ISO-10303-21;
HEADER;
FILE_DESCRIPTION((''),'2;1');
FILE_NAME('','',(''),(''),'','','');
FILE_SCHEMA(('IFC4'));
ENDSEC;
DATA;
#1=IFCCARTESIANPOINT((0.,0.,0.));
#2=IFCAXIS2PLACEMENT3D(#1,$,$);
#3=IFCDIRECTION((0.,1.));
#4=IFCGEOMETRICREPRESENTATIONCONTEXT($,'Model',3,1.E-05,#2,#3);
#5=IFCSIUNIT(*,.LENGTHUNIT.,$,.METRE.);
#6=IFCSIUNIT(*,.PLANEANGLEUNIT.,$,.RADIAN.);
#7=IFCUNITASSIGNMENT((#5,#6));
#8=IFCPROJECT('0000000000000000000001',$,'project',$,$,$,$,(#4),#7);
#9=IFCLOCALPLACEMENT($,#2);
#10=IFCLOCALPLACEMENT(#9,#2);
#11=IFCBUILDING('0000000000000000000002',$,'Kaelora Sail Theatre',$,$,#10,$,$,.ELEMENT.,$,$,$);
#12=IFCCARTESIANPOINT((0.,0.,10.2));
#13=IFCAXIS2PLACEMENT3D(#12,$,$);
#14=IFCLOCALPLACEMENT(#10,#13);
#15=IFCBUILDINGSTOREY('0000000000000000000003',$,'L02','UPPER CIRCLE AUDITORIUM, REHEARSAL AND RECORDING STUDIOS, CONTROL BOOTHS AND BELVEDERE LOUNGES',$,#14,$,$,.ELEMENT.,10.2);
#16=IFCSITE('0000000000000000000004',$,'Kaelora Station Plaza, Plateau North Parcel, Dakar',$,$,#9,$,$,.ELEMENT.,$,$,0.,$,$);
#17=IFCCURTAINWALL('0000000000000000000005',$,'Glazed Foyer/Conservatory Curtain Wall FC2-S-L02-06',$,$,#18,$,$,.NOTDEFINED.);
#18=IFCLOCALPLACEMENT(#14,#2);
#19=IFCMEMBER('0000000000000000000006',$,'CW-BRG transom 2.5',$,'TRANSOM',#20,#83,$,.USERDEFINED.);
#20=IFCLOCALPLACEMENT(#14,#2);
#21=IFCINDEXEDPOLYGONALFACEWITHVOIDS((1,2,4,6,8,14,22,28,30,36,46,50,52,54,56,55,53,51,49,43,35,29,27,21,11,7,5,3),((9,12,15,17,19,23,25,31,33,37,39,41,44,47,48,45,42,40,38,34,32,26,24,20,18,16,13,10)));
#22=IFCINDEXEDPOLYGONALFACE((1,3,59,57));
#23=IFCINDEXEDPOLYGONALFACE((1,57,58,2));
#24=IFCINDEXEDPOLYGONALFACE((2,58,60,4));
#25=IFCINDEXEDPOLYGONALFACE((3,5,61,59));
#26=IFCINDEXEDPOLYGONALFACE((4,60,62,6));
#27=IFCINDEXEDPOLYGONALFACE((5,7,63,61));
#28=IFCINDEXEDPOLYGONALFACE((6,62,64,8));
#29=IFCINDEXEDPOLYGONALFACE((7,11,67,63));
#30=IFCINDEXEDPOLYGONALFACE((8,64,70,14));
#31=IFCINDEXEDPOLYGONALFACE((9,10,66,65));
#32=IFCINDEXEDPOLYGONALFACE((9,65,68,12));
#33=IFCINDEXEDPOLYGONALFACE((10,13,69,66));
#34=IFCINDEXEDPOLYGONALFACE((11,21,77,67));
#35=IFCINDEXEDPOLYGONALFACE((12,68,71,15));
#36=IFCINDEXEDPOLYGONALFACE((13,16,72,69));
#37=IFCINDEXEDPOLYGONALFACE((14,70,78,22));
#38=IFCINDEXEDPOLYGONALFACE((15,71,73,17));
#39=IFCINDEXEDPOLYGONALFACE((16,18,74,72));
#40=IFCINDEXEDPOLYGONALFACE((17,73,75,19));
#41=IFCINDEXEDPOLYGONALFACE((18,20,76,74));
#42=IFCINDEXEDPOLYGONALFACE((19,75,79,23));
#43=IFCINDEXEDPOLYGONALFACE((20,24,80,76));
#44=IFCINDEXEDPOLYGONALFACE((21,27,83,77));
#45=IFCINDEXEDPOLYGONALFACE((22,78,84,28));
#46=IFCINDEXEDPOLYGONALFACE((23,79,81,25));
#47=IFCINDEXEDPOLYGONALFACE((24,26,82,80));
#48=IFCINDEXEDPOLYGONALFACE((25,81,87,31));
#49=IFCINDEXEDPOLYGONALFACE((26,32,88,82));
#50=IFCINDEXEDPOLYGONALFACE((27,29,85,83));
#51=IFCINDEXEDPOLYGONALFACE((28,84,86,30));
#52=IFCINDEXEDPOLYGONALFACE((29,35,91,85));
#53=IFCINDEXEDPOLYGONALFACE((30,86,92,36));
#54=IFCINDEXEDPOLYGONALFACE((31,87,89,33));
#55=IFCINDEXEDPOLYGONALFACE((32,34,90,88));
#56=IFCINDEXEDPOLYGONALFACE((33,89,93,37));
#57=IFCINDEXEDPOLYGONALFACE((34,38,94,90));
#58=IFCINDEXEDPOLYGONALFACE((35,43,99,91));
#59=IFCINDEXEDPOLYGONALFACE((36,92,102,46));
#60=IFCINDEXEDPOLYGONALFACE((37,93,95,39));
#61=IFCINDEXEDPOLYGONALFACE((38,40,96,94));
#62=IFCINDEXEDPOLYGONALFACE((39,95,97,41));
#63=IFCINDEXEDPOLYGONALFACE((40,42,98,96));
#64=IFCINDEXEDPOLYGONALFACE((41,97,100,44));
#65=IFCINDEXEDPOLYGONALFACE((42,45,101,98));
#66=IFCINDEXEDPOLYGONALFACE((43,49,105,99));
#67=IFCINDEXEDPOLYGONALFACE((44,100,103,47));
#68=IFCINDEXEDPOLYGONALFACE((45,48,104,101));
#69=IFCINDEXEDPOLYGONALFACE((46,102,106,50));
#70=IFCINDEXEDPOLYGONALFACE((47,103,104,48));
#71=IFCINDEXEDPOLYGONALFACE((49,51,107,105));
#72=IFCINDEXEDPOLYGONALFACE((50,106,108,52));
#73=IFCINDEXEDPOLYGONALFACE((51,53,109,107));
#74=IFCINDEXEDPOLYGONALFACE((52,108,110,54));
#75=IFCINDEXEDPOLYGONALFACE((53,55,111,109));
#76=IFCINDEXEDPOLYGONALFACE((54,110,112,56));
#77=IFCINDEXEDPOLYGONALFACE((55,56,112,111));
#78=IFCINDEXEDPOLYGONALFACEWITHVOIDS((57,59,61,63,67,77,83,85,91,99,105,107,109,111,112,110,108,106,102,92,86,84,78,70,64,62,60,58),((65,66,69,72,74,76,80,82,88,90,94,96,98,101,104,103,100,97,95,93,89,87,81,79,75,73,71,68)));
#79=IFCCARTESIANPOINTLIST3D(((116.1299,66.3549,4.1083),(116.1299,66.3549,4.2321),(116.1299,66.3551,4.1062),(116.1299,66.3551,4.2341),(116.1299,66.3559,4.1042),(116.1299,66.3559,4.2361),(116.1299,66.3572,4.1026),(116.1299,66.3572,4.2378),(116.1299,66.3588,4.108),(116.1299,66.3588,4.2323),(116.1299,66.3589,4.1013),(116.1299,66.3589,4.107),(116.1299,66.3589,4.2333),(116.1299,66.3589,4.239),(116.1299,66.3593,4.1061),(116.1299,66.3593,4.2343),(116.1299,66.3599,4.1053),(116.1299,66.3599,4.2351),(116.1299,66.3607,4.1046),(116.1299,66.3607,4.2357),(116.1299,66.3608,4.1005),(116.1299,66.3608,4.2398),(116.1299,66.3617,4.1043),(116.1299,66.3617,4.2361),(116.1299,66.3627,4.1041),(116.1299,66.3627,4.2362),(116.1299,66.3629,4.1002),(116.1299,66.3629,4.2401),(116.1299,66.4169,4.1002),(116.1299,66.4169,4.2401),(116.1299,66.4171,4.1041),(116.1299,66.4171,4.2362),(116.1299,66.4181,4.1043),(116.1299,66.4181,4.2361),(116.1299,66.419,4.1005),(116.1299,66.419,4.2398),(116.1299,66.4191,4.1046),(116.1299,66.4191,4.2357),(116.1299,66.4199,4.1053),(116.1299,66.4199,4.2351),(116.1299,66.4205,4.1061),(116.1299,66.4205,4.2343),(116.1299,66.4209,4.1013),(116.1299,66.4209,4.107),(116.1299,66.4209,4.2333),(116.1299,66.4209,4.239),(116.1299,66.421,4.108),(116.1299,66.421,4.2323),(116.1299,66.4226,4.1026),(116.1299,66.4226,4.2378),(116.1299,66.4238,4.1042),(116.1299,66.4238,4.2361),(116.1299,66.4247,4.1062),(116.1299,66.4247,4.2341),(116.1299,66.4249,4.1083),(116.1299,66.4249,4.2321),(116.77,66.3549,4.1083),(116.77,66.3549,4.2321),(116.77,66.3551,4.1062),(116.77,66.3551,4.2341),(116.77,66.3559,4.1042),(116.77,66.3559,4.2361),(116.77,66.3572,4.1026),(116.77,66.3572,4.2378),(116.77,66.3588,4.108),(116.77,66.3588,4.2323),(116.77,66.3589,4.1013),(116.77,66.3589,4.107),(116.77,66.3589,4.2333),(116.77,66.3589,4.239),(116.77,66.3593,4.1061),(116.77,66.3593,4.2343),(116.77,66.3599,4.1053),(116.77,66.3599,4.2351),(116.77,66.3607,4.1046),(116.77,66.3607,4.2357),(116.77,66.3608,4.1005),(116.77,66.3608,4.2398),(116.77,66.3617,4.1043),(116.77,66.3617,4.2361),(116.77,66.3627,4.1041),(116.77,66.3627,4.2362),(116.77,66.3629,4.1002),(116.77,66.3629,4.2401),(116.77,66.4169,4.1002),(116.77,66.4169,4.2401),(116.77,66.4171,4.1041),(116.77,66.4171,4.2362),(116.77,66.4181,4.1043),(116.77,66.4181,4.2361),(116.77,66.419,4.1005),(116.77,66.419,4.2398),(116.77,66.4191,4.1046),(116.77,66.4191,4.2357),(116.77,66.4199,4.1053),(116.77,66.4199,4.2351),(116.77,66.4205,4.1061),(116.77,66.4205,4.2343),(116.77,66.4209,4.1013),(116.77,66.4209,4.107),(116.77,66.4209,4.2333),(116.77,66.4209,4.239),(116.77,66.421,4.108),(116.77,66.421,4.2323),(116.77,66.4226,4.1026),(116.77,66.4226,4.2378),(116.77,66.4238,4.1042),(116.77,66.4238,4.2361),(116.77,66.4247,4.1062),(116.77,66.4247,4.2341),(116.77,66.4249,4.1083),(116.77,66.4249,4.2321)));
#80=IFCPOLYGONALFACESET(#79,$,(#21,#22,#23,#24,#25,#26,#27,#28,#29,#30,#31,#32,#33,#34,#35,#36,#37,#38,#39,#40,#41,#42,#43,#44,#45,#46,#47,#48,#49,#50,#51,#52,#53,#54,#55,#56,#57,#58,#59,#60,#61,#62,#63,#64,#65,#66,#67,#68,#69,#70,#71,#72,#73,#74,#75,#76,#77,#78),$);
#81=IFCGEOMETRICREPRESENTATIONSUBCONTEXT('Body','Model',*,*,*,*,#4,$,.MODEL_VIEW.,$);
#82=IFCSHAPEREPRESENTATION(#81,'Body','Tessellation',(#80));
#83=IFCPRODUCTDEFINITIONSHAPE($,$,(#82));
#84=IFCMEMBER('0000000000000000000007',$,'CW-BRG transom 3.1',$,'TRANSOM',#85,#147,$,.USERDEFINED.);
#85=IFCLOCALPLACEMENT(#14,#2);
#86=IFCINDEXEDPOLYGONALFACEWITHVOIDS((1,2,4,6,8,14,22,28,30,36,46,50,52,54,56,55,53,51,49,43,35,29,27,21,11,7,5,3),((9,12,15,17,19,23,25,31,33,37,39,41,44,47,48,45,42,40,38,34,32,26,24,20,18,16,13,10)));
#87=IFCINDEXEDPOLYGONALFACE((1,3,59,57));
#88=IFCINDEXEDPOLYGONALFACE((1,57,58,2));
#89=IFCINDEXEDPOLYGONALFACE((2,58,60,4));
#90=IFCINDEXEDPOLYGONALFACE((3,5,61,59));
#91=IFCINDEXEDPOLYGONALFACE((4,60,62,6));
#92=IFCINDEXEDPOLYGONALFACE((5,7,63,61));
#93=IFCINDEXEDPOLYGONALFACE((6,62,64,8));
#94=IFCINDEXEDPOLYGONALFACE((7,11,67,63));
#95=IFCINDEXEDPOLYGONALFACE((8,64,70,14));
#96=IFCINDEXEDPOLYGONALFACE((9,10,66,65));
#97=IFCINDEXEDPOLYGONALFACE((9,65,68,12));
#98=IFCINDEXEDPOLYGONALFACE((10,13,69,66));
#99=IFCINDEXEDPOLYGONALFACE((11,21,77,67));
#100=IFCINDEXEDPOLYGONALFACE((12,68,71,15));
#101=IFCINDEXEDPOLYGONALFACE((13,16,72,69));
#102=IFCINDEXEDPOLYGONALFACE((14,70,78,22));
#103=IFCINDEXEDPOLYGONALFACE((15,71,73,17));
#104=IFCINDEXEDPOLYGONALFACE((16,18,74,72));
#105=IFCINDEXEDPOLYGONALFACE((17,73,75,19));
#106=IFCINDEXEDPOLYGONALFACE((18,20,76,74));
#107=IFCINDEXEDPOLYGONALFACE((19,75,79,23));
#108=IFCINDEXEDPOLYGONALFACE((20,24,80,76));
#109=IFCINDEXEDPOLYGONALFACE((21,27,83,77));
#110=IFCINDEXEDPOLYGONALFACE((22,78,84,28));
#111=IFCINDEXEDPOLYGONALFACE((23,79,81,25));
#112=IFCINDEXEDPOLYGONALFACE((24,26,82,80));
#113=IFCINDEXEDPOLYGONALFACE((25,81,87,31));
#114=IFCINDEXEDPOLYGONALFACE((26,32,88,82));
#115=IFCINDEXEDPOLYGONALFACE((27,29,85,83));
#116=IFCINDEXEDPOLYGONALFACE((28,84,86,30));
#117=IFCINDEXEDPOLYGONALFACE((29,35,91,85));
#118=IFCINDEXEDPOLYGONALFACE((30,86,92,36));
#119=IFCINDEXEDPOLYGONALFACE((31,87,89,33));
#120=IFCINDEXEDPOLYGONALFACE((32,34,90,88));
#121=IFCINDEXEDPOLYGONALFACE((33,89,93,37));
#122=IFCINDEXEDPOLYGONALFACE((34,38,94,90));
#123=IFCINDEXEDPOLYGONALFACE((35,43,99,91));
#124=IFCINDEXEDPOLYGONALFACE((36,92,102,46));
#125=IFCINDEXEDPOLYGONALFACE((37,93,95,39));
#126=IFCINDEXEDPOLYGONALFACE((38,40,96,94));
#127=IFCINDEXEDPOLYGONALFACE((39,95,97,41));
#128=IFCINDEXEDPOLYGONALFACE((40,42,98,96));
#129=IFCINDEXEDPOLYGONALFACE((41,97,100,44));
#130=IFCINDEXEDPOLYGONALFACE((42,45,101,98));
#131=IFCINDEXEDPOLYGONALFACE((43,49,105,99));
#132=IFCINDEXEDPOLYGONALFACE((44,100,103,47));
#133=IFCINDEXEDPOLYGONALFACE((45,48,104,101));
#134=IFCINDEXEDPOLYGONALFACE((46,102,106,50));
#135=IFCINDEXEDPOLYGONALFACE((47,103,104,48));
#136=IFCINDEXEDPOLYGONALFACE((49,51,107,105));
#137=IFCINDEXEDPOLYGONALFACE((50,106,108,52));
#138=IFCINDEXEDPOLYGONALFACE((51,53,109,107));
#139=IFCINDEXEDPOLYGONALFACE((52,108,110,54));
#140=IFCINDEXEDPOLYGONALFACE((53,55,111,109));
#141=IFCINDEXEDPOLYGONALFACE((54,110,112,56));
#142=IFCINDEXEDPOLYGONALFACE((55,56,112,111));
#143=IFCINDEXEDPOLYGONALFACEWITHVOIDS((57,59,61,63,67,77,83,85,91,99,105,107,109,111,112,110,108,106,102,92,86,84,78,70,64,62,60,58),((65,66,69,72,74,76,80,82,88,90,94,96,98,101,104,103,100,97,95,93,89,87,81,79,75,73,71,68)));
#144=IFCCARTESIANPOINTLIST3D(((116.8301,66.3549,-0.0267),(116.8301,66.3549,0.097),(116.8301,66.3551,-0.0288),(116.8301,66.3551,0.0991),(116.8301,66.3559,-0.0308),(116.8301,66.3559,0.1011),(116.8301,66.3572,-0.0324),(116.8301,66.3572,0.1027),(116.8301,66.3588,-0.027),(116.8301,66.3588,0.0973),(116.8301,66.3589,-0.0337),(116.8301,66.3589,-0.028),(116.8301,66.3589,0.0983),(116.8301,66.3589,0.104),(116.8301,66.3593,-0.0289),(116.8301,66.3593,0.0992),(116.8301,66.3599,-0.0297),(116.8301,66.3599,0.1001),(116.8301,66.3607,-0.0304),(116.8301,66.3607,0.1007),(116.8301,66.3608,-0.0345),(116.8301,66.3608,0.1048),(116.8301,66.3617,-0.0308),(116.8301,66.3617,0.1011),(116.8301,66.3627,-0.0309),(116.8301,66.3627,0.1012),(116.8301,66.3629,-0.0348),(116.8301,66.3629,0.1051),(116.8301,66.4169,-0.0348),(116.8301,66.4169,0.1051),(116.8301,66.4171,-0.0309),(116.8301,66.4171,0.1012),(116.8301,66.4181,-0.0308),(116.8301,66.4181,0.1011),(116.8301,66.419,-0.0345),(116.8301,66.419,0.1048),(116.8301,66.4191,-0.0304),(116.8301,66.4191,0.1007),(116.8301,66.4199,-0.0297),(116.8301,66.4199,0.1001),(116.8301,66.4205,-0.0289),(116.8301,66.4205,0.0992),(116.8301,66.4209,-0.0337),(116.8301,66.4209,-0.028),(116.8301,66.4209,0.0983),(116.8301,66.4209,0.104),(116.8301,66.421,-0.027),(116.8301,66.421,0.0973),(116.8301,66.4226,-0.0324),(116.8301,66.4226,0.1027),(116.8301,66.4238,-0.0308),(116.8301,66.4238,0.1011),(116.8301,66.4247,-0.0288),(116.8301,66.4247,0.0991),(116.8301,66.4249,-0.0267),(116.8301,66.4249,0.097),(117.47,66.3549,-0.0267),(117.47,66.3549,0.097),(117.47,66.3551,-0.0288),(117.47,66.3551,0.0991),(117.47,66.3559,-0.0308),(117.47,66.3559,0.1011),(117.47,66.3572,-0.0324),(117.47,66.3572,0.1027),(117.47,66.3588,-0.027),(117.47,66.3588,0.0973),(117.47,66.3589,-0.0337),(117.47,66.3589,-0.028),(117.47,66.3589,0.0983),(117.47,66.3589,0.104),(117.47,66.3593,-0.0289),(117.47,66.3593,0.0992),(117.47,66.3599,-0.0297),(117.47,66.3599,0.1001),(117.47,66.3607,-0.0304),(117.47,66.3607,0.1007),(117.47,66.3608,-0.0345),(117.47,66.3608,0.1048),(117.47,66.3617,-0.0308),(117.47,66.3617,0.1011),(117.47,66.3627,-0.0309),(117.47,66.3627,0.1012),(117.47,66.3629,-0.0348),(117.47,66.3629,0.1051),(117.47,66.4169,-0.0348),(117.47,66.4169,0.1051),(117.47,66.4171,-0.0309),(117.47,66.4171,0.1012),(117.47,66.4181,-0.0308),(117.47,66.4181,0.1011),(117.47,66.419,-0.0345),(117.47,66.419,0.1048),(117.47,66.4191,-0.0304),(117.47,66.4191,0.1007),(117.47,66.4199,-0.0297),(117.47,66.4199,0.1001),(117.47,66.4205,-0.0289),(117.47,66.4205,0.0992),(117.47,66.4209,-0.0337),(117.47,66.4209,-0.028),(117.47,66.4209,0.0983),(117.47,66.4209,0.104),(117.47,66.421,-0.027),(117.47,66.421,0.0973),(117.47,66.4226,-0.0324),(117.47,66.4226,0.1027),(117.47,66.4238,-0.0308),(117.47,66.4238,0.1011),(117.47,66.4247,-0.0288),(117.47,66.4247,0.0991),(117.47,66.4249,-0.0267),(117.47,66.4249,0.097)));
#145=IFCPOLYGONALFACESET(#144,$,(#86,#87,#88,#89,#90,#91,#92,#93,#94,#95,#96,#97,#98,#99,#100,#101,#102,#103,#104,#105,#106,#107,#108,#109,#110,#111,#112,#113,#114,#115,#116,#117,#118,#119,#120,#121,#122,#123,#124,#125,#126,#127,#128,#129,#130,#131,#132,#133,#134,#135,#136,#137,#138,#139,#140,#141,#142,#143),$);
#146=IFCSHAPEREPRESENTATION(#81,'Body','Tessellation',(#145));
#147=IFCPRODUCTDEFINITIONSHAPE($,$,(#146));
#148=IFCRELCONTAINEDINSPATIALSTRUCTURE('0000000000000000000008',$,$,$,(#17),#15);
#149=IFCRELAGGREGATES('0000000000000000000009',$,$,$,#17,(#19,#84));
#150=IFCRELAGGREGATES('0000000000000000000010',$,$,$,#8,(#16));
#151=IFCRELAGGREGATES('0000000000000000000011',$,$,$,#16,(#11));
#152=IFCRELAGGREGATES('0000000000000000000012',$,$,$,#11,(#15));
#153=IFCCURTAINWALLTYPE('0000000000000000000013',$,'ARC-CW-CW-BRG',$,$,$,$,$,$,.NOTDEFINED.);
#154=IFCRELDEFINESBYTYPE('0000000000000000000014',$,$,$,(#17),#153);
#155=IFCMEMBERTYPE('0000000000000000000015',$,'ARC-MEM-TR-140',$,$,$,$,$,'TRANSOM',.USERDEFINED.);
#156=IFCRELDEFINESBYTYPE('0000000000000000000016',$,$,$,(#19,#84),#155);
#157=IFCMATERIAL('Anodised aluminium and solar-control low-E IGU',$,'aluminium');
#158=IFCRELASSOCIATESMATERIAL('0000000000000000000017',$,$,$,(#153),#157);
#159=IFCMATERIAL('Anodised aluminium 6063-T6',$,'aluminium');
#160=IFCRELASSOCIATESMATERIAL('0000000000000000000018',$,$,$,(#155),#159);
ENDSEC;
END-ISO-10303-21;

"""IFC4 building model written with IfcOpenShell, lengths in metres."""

from ifc_helpers import new_model, si_unit, direction, frame, origin, origin_2d, place, context, subcontext, project, spatial, hollow_rectangle, extrude, material, material_profile, profile_set, type_object, element, aggregate, save


model = new_model("IFC4")

# Units and contexts
model_context = context("Model", 3, precision=1e-05, world=origin(), true_north=direction((0.0, 1.0)))
body_context = subcontext(model_context, "Body", "Model", "MODEL_VIEW")
ifc_project = project(units=[si_unit("LENGTHUNIT", "METRE"), si_unit("PLANEANGLEUNIT", "RADIAN")], contexts=[model_context])

# Site, building, storey
site_placement = place(None, origin())
site = spatial("IfcSite", under=ifc_project, at=site_placement, Name="Kaelora Station Plaza, Plateau North Parcel, Dakar", CompositionType="ELEMENT", RefElevation=0.0)
building_placement = place(site_placement, origin())
building = spatial("IfcBuilding", under=site, at=building_placement, Name="Kaelora Sail Theatre", CompositionType="ELEMENT")
storey_placement = place(building_placement, frame((0.0, 0.0, 10.2)))
storey = spatial("IfcBuildingStorey", under=building, at=storey_placement, Name="L02", Description="UPPER CIRCLE AUDITORIUM, REHEARSAL AND RECORDING STUDIOS, CONTROL BOOTHS AND BELVEDERE LOUNGES", CompositionType="ELEMENT", Elevation=10.2)

# Curtain wall, members
ifc_material_1 = material(Name="Anodised aluminium and solar-control low-E IGU", Category="aluminium")
curtain_wall_type = type_object("IfcCurtainWallType", Name="ARC-CW-CW-BRG", PredefinedType="NOTDEFINED", material=ifc_material_1)
curtain_wall_placement = place(storey_placement, origin())
curtain_wall = element("IfcCurtainWall", 1, at=curtain_wall_placement, inside=storey, type_object=curtain_wall_type, Name="Glazed Foyer/Conservatory Curtain Wall FC2-S-L02-06", PredefinedType="NOTDEFINED")
ifc_material_2 = material(Name="Anodised aluminium 6063-T6", Category="aluminium")
ifc_material_profile_1 = material_profile(ifc_material_2, hollow_rectangle(XDim=0.0701, YDim=0.1399, WallThickness=0.0039, InnerFilletRadius=0.0039, OuterFilletRadius=0.0081, at=origin_2d()), Name="ALU-TRAN 70x140x4")
ifc_profile_set_1 = profile_set([ifc_material_profile_1], Name="Anodised aluminium 6063-T6")
member_type_1 = type_object("IfcMemberType", Name="ARC-MEM-TR-140", ElementType="TRANSOM", PredefinedType="USERDEFINED", material=ifc_profile_set_1)
member_1_placement = place(storey_placement, frame((116.1299, 66.3899, 4.1702), z_axis=(1.0, 0.0, 0.0), x_axis=(0.0, 1.0, 0.0)))
member_1 = element("IfcMember", 2, at=member_1_placement, type_object=member_type_1, Name="CW-BRG transom 2.5", ObjectType="TRANSOM", PredefinedType="USERDEFINED", context=body_context, shape_type="SweptSolid", body=[
    extrude(hollow_rectangle(XDim=0.0701, YDim=0.1399, WallThickness=0.0039, InnerFilletRadius=0.0039, OuterFilletRadius=0.0081, at=origin_2d()), origin(), (0.0, 0.0, 1.0), 0.6401),
])
member_2_placement = place(storey_placement, frame((116.8301, 66.3899, 0.0352), z_axis=(1.0, 0.0, 0.0), x_axis=(0.0, 1.0, 0.0)))
member_2 = element("IfcMember", 3, at=member_2_placement, type_object=member_type_1, Name="CW-BRG transom 3.1", ObjectType="TRANSOM", PredefinedType="USERDEFINED", context=body_context, shape_type="SweptSolid", body=[
    extrude(hollow_rectangle(XDim=0.0701, YDim=0.1399, WallThickness=0.0039, InnerFilletRadius=0.0039, OuterFilletRadius=0.0081, at=origin_2d()), origin(), (0.0, 0.0, 1.0), 0.6399),
])

aggregate(curtain_wall, [member_1, member_2])

save(model, "model.ifc")
